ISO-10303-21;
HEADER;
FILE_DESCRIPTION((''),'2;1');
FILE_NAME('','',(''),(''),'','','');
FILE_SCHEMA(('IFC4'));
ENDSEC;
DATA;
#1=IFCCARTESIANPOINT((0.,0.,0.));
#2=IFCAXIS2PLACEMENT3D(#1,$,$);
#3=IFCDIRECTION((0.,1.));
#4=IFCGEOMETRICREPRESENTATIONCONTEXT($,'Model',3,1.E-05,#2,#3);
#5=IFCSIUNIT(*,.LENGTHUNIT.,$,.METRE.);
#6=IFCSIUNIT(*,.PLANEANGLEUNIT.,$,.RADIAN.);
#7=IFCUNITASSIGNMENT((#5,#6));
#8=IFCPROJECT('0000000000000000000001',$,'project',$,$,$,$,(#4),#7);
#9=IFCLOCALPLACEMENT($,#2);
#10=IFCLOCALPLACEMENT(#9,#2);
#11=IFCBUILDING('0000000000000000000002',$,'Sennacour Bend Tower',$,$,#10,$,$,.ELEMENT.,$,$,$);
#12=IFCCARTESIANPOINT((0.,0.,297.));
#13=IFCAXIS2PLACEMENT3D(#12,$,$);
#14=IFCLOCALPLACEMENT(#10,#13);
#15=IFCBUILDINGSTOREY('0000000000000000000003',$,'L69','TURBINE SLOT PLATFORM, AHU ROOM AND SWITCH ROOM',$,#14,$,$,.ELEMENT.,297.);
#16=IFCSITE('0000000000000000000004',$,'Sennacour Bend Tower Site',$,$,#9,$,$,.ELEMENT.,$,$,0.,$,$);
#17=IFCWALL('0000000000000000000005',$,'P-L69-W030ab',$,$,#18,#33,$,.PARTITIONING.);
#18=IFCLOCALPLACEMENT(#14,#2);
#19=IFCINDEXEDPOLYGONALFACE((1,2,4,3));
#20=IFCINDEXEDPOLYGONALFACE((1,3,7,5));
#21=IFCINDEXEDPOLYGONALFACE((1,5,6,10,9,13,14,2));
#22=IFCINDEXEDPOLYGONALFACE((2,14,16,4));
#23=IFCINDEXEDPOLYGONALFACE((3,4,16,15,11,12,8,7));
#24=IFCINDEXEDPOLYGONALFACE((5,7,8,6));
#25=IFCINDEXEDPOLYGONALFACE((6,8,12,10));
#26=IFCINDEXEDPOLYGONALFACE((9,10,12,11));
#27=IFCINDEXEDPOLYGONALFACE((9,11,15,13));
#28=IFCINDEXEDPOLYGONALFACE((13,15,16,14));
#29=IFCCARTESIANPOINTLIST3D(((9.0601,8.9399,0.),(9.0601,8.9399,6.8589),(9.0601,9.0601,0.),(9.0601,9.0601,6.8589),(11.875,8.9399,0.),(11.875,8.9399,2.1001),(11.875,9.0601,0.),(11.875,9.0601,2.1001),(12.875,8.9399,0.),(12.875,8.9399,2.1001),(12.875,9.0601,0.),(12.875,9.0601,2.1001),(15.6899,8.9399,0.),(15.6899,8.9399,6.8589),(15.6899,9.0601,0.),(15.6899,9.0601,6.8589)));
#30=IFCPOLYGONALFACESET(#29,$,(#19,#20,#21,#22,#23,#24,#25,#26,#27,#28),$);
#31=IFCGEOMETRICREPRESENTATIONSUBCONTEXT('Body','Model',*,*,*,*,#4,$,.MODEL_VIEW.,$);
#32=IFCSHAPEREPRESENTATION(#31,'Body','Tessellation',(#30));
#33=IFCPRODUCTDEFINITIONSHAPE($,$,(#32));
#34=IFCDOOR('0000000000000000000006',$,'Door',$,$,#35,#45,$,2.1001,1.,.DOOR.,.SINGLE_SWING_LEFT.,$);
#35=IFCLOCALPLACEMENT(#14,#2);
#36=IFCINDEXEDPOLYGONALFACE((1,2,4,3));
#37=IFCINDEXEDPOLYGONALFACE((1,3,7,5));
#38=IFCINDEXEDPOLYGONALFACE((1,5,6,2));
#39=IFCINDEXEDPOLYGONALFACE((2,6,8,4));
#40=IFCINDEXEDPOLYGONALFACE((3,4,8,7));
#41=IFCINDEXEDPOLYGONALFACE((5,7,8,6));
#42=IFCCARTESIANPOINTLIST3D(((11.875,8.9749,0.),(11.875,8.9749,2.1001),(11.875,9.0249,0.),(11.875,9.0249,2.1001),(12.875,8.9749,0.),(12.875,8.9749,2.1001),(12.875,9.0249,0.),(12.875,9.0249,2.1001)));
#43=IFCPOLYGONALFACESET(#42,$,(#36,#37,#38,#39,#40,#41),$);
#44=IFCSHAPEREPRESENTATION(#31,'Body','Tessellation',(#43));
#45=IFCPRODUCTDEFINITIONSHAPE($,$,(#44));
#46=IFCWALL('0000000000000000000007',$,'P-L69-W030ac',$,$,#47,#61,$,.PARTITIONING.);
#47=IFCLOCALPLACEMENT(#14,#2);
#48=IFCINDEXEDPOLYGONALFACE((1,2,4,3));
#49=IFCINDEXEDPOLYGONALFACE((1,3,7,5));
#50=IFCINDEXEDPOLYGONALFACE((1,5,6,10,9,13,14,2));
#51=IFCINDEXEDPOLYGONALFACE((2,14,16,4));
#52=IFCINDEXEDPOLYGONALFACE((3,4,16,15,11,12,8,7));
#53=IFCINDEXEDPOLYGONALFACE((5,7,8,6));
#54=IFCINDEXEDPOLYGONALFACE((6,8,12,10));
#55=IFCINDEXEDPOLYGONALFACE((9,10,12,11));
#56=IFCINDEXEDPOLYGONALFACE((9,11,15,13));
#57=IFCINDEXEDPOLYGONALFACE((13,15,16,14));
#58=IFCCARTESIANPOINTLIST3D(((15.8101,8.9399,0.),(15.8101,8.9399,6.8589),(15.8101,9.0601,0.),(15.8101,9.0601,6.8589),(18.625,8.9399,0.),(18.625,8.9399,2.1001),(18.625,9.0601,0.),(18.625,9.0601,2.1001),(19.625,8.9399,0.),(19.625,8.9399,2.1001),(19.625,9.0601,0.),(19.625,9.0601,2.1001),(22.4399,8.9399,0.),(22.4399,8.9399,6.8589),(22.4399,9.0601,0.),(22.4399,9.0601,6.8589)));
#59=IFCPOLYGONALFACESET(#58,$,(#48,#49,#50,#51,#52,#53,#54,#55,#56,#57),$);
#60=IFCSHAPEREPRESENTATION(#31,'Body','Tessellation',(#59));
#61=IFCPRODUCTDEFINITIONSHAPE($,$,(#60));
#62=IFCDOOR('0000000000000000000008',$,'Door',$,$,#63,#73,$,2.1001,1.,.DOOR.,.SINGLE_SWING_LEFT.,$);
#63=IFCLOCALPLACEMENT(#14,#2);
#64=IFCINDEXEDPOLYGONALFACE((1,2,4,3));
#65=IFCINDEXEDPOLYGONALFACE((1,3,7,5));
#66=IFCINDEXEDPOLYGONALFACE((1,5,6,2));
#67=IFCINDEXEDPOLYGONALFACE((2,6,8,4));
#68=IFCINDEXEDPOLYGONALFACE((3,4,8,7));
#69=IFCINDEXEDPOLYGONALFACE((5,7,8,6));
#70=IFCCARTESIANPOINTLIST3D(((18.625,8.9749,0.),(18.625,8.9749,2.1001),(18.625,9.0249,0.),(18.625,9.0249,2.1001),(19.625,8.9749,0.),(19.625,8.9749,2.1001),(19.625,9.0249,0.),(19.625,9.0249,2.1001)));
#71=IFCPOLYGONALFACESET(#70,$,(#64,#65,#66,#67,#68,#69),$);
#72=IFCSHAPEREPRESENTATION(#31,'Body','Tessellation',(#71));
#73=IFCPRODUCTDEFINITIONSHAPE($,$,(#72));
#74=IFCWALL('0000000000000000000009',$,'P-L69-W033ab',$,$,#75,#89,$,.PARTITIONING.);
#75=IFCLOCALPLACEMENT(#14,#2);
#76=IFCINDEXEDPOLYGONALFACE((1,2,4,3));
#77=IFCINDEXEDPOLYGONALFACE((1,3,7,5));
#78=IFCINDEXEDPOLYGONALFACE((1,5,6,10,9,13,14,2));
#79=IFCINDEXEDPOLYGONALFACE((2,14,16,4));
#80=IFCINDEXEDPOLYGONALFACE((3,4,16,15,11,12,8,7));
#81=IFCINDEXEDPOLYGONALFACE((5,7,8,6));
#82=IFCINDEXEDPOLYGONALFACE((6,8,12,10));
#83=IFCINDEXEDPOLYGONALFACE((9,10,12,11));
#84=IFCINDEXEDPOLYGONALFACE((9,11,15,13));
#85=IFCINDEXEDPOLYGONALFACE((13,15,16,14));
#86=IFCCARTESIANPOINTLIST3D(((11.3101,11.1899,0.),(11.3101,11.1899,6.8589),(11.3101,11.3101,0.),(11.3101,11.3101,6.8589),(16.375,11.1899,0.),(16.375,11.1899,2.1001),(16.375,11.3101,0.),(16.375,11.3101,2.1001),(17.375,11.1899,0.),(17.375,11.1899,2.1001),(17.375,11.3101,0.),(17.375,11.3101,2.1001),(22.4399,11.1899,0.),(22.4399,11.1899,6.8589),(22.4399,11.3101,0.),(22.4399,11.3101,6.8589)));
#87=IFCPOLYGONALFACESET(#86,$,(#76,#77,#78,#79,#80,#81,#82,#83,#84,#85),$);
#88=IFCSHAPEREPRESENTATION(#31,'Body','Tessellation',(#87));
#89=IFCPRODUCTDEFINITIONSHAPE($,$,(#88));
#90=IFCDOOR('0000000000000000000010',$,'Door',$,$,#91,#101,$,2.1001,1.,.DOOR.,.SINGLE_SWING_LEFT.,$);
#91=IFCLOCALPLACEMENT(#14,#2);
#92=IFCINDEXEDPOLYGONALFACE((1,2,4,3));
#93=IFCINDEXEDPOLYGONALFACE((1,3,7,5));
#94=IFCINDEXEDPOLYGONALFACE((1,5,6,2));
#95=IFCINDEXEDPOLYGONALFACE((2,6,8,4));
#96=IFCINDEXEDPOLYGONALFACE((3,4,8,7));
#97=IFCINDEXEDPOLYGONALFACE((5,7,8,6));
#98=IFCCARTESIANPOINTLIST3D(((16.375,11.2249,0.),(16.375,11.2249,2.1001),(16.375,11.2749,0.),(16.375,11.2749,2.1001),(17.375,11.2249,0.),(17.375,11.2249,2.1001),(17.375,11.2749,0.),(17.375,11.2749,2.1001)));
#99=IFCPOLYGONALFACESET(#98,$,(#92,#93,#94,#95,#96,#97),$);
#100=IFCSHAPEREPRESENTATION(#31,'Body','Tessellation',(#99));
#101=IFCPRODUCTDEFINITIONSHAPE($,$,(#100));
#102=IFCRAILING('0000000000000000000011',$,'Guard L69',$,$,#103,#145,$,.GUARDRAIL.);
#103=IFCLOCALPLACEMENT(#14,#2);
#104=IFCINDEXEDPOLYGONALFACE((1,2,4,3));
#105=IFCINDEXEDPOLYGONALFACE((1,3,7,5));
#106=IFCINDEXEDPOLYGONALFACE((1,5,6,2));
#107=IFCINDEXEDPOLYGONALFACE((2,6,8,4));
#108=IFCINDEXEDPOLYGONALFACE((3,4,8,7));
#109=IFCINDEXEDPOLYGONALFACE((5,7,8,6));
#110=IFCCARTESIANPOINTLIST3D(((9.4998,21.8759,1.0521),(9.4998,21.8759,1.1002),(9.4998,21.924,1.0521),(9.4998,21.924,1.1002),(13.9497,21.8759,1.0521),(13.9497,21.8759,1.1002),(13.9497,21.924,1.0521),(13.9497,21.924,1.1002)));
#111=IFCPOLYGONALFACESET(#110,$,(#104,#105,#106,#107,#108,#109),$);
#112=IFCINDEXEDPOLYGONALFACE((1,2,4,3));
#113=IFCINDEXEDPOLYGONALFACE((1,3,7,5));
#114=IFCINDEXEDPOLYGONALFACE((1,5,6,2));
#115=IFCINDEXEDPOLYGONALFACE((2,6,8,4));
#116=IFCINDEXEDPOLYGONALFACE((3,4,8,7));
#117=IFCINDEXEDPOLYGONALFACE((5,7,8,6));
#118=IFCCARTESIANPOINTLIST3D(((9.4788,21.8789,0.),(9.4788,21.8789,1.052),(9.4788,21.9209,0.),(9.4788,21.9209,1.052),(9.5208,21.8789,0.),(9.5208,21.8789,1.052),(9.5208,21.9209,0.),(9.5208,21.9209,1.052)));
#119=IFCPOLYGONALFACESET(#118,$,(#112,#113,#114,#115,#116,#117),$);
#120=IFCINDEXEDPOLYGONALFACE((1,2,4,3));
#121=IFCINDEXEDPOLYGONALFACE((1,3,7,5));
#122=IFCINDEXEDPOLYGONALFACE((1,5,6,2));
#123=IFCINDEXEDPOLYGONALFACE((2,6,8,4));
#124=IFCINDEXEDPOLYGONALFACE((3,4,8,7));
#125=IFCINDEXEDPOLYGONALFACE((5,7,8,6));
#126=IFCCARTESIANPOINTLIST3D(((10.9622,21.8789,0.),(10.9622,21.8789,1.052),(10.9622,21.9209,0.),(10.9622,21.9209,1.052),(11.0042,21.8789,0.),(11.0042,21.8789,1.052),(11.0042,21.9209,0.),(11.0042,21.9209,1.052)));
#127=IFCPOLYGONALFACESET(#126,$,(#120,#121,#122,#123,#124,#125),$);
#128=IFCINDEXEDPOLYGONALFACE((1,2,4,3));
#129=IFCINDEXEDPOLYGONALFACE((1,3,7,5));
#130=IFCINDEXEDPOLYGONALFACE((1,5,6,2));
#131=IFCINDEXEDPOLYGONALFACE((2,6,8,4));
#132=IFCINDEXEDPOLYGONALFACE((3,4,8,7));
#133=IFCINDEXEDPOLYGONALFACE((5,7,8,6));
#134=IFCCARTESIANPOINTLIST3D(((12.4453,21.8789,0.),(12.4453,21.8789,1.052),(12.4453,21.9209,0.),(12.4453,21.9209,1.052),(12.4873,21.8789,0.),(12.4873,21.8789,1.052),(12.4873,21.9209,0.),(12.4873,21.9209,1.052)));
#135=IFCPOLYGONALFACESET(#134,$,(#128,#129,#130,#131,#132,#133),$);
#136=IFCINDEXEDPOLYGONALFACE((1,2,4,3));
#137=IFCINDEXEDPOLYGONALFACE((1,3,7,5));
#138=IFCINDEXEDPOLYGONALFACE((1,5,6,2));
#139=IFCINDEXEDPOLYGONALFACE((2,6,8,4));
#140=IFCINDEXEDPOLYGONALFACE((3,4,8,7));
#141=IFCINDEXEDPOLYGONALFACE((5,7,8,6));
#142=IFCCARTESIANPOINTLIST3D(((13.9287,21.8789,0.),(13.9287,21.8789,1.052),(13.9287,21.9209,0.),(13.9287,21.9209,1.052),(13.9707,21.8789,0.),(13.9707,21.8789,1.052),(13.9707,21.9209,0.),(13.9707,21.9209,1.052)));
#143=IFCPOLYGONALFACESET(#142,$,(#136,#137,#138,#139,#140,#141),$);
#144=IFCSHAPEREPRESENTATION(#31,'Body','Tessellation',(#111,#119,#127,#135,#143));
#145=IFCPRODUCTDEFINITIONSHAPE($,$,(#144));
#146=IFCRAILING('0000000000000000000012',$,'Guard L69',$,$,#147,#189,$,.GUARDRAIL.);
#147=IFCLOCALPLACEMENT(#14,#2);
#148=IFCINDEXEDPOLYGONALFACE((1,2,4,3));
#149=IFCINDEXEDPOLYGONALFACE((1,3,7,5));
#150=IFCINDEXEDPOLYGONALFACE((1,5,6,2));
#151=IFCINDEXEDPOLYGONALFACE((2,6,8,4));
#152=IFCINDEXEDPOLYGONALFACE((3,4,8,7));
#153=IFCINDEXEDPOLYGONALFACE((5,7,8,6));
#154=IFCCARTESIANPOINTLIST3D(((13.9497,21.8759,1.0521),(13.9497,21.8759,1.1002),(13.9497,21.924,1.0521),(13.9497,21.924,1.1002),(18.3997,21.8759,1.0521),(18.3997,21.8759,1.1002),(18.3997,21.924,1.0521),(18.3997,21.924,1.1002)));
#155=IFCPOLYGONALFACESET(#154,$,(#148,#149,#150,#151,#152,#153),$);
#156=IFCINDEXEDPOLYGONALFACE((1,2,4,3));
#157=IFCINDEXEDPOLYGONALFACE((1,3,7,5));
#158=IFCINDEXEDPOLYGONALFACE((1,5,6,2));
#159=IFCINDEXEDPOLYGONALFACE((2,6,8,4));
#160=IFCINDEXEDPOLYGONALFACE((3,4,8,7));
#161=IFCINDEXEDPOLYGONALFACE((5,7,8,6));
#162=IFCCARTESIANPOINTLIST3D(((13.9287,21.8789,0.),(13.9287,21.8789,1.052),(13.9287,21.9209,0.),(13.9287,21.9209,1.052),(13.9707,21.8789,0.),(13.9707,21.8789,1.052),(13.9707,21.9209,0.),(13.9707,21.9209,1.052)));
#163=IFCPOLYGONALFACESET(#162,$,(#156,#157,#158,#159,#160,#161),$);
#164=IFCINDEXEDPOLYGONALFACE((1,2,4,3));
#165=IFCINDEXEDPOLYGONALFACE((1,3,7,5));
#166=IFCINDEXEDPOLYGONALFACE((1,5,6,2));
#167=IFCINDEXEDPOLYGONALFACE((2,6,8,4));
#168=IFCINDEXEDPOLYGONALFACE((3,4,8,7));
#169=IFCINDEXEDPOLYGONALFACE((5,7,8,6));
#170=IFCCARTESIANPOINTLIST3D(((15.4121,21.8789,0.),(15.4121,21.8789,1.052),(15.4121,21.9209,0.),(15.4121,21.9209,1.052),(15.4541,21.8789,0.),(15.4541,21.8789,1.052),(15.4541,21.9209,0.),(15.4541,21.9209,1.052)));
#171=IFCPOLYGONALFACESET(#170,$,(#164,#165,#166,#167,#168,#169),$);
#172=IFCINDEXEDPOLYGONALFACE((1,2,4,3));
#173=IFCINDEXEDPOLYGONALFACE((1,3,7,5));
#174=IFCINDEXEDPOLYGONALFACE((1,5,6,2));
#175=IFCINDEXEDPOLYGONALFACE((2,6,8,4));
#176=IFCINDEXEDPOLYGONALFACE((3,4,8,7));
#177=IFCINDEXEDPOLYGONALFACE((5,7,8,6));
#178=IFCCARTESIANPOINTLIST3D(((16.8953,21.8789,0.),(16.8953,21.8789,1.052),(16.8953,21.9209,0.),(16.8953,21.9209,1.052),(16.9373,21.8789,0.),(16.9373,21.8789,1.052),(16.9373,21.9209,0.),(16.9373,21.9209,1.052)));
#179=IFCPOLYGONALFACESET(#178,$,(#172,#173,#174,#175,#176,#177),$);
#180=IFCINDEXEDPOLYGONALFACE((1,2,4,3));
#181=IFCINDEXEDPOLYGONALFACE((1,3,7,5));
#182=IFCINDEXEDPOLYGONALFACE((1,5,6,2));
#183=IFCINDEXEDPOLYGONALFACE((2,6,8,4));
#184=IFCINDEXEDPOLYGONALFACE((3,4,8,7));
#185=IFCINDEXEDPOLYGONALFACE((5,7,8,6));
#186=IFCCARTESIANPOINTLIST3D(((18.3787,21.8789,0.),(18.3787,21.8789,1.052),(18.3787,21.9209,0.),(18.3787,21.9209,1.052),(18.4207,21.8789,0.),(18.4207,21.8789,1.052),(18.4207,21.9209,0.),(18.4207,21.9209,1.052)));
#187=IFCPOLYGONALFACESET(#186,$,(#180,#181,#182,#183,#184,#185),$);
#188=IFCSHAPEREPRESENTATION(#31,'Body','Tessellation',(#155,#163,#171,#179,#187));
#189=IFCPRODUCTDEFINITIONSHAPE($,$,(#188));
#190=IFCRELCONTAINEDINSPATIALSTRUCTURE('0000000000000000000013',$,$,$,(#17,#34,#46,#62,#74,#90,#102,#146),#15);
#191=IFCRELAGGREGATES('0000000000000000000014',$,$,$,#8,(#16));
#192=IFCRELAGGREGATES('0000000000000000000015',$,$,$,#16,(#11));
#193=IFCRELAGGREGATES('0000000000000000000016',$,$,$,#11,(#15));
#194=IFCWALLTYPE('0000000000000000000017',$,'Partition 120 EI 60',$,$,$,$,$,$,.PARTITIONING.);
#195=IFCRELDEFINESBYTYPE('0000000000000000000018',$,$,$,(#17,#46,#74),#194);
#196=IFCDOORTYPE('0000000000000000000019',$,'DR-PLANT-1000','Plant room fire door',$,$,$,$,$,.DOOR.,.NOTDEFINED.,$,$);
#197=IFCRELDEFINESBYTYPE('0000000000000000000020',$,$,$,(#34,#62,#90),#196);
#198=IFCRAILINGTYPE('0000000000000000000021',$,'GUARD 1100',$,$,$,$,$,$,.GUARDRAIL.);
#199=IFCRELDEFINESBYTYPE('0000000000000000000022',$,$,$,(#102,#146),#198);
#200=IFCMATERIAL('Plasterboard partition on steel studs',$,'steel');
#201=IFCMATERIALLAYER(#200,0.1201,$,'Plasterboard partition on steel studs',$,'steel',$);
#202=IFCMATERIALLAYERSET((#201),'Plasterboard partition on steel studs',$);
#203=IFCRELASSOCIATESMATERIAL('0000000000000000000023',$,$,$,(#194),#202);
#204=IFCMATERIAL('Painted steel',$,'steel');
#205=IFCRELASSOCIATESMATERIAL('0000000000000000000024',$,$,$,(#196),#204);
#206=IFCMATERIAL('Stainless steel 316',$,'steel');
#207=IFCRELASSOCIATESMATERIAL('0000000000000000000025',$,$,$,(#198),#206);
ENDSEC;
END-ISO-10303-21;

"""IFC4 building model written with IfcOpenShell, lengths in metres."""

from ifc_helpers import new_model, si_unit, direction, frame, frame_2d, origin, origin_2d, place, context, subcontext, project, spatial, rectangle, extrude, material, layer, layer_set, type_object, element, fill, save


model = new_model("IFC4")

# Units and contexts
model_context = context("Model", 3, precision=1e-05, world=origin(), true_north=direction((0.0, 1.0)))
body_context = subcontext(model_context, "Body", "Model", "MODEL_VIEW")
ifc_project = project(units=[si_unit("LENGTHUNIT", "METRE"), si_unit("PLANEANGLEUNIT", "RADIAN")], contexts=[model_context])

# Site, building, storey
site_placement = place(None, origin())
site = spatial("IfcSite", under=ifc_project, at=site_placement, Name="Sennacour Bend Tower Site", CompositionType="ELEMENT", RefElevation=0.0)
building_placement = place(site_placement, origin())
building = spatial("IfcBuilding", under=site, at=building_placement, Name="Sennacour Bend Tower", CompositionType="ELEMENT")
storey_placement = place(building_placement, frame((0.0, 0.0, 297.0)))
storey = spatial("IfcBuildingStorey", under=building, at=storey_placement, Name="L69", Description="TURBINE SLOT PLATFORM, AHU ROOM AND SWITCH ROOM", CompositionType="ELEMENT", Elevation=297.0)

# Shared definitions
ifc_material_1 = material(Name="Plasterboard partition on steel studs", Category="steel")

# Walls, openings, doors
ifc_layer_1 = layer(ifc_material_1, 0.1201, Name="Plasterboard partition on steel studs", Category="steel")
ifc_layer_set_1 = layer_set([ifc_layer_1], Name="Plasterboard partition on steel studs")
wall_type_1 = type_object("IfcWallType", Name="Partition 120 EI 60", PredefinedType="PARTITIONING", material=ifc_layer_set_1)
wall_1_placement = place(storey_placement, frame((9.0601, 9.0, 0.0), z_axis=(0.0, 0.0, 1.0), x_axis=(1.0, 0.0, 0.0)))
wall_1 = element("IfcWall", 1, at=wall_1_placement, inside=storey, type_object=wall_type_1, Name="P-L69-W030ab", PredefinedType="PARTITIONING", context=body_context, shape_type="SweptSolid", body=[
    extrude(rectangle(XDim=6.6299, YDim=0.1201, at=frame_2d((3.3149, 0.0))), origin(), (0.0, 0.0, 1.0), 6.8589),
])
opening_1_placement = place(wall_1_placement, frame((2.8149, 0.0, 0.0)))
opening_1 = element("IfcOpeningElement", 2, at=opening_1_placement, cuts=wall_1, PredefinedType="OPENING", context=body_context, shape_type="SweptSolid", body=[
    extrude(rectangle(XDim=1.0, YDim=2.1001, at=frame_2d((0.5, 1.05))), frame((0.0, 0.0701, 0.0), z_axis=(0.0, -1.0, 0.0), x_axis=(1.0, 0.0, 0.0)), (0.0, 0.0, 1.0), 0.1401),
])
ifc_material_2 = material(Name="Painted steel", Category="steel")
door_type = type_object("IfcDoorType", Name="DR-PLANT-1000", Description="Plant room fire door", OperationType="NOTDEFINED", PredefinedType="DOOR", material=ifc_material_2)
door_1_placement = place(opening_1_placement, origin())
door_1 = element("IfcDoor", 3, at=door_1_placement, inside=storey, type_object=door_type, Name="Door", OperationType="SINGLE_SWING_LEFT", OverallHeight=2.1001, OverallWidth=1.0, PredefinedType="DOOR", context=body_context, shape_type="SweptSolid", body=[
    extrude(rectangle(XDim=1.0, YDim=2.1001, at=frame_2d((0.5, 1.05))), frame((0.0, 0.0249, 0.0), z_axis=(0.0, -1.0, 0.0), x_axis=(1.0, 0.0, 0.0)), (0.0, 0.0, 1.0), 0.05),
])
fill(opening_1, door_1)
wall_2_placement = place(storey_placement, frame((15.8101, 9.0, 0.0), z_axis=(0.0, 0.0, 1.0), x_axis=(1.0, 0.0, 0.0)))
wall_2 = element("IfcWall", 4, at=wall_2_placement, inside=storey, type_object=wall_type_1, Name="P-L69-W030ac", PredefinedType="PARTITIONING", context=body_context, shape_type="SweptSolid", body=[
    extrude(rectangle(XDim=6.6299, YDim=0.1201, at=frame_2d((3.3149, 0.0))), origin(), (0.0, 0.0, 1.0), 6.8589),
])
opening_2_placement = place(wall_2_placement, frame((2.8149, 0.0, 0.0)))
opening_2 = element("IfcOpeningElement", 5, at=opening_2_placement, cuts=wall_2, PredefinedType="OPENING", context=body_context, shape_type="SweptSolid", body=[
    extrude(rectangle(XDim=1.0, YDim=2.1001, at=frame_2d((0.5, 1.05))), frame((0.0, 0.0701, 0.0), z_axis=(0.0, -1.0, 0.0), x_axis=(1.0, 0.0, 0.0)), (0.0, 0.0, 1.0), 0.1401),
])
door_2_placement = place(opening_2_placement, origin())
door_2 = element("IfcDoor", 6, at=door_2_placement, inside=storey, type_object=door_type, Name="Door", OperationType="SINGLE_SWING_LEFT", OverallHeight=2.1001, OverallWidth=1.0, PredefinedType="DOOR", context=body_context, shape_type="SweptSolid", body=[
    extrude(rectangle(XDim=1.0, YDim=2.1001, at=frame_2d((0.5, 1.05))), frame((0.0, 0.0249, 0.0), z_axis=(0.0, -1.0, 0.0), x_axis=(1.0, 0.0, 0.0)), (0.0, 0.0, 1.0), 0.05),
])
fill(opening_2, door_2)
wall_3_placement = place(storey_placement, frame((11.3101, 11.25, 0.0), z_axis=(0.0, 0.0, 1.0), x_axis=(1.0, 0.0, 0.0)))
wall_3 = element("IfcWall", 7, at=wall_3_placement, inside=storey, type_object=wall_type_1, Name="P-L69-W033ab", PredefinedType="PARTITIONING", context=body_context, shape_type="SweptSolid", body=[
    extrude(rectangle(XDim=11.1299, YDim=0.1201, at=frame_2d((5.5649, 0.0))), origin(), (0.0, 0.0, 1.0), 6.8589),
])
opening_3_placement = place(wall_3_placement, frame((5.0649, 0.0, 0.0)))
opening_3 = element("IfcOpeningElement", 8, at=opening_3_placement, cuts=wall_3, PredefinedType="OPENING", context=body_context, shape_type="SweptSolid", body=[
    extrude(rectangle(XDim=1.0, YDim=2.1001, at=frame_2d((0.5, 1.05))), frame((0.0, 0.0701, 0.0), z_axis=(0.0, -1.0, 0.0), x_axis=(1.0, 0.0, 0.0)), (0.0, 0.0, 1.0), 0.1401),
])
door_3_placement = place(opening_3_placement, origin())
door_3 = element("IfcDoor", 9, at=door_3_placement, inside=storey, type_object=door_type, Name="Door", OperationType="SINGLE_SWING_LEFT", OverallHeight=2.1001, OverallWidth=1.0, PredefinedType="DOOR", context=body_context, shape_type="SweptSolid", body=[
    extrude(rectangle(XDim=1.0, YDim=2.1001, at=frame_2d((0.5, 1.05))), frame((0.0, 0.0249, 0.0), z_axis=(0.0, -1.0, 0.0), x_axis=(1.0, 0.0, 0.0)), (0.0, 0.0, 1.0), 0.05),
])
fill(opening_3, door_3)

# Railings
ifc_material_3 = material(Name="Stainless steel 316", Category="steel")
railing_type_1 = type_object("IfcRailingType", Name="GUARD 1100", PredefinedType="GUARDRAIL", material=ifc_material_3)
for number, where, name in (
    (10, (9.4998, 21.8999, 0.0), "Guard L69"),
    (11, (13.9497, 21.8999, 0.0), "Guard L69"),
):
    element("IfcRailing", number, at=place(storey_placement, frame(where)), inside=storey, type_object=railing_type_1, Name=name, PredefinedType="GUARDRAIL", context=body_context, shape_type="SweptSolid", body=[
        extrude(rectangle(XDim=0.0481, YDim=0.0481, at=origin_2d()), frame((0.0, 0.0, 1.0762), z_axis=(1.0, 0.0, 0.0), x_axis=(0.0, 1.0, 0.0)), (0.0, 0.0, 1.0), 4.45),
        extrude(rectangle(XDim=0.042, YDim=0.042, at=origin_2d()), origin(), (0.0, 0.0, 1.0), 1.052),
        extrude(rectangle(XDim=0.042, YDim=0.042, at=origin_2d()), frame((1.4834, 0.0, 0.0)), (0.0, 0.0, 1.0), 1.052),
        extrude(rectangle(XDim=0.042, YDim=0.042, at=origin_2d()), frame((2.9666, 0.0, 0.0)), (0.0, 0.0, 1.0), 1.052),
        extrude(rectangle(XDim=0.042, YDim=0.042, at=origin_2d()), frame((4.45, 0.0, 0.0)), (0.0, 0.0, 1.0), 1.052),
    ])

save(model, "model.ifc")
